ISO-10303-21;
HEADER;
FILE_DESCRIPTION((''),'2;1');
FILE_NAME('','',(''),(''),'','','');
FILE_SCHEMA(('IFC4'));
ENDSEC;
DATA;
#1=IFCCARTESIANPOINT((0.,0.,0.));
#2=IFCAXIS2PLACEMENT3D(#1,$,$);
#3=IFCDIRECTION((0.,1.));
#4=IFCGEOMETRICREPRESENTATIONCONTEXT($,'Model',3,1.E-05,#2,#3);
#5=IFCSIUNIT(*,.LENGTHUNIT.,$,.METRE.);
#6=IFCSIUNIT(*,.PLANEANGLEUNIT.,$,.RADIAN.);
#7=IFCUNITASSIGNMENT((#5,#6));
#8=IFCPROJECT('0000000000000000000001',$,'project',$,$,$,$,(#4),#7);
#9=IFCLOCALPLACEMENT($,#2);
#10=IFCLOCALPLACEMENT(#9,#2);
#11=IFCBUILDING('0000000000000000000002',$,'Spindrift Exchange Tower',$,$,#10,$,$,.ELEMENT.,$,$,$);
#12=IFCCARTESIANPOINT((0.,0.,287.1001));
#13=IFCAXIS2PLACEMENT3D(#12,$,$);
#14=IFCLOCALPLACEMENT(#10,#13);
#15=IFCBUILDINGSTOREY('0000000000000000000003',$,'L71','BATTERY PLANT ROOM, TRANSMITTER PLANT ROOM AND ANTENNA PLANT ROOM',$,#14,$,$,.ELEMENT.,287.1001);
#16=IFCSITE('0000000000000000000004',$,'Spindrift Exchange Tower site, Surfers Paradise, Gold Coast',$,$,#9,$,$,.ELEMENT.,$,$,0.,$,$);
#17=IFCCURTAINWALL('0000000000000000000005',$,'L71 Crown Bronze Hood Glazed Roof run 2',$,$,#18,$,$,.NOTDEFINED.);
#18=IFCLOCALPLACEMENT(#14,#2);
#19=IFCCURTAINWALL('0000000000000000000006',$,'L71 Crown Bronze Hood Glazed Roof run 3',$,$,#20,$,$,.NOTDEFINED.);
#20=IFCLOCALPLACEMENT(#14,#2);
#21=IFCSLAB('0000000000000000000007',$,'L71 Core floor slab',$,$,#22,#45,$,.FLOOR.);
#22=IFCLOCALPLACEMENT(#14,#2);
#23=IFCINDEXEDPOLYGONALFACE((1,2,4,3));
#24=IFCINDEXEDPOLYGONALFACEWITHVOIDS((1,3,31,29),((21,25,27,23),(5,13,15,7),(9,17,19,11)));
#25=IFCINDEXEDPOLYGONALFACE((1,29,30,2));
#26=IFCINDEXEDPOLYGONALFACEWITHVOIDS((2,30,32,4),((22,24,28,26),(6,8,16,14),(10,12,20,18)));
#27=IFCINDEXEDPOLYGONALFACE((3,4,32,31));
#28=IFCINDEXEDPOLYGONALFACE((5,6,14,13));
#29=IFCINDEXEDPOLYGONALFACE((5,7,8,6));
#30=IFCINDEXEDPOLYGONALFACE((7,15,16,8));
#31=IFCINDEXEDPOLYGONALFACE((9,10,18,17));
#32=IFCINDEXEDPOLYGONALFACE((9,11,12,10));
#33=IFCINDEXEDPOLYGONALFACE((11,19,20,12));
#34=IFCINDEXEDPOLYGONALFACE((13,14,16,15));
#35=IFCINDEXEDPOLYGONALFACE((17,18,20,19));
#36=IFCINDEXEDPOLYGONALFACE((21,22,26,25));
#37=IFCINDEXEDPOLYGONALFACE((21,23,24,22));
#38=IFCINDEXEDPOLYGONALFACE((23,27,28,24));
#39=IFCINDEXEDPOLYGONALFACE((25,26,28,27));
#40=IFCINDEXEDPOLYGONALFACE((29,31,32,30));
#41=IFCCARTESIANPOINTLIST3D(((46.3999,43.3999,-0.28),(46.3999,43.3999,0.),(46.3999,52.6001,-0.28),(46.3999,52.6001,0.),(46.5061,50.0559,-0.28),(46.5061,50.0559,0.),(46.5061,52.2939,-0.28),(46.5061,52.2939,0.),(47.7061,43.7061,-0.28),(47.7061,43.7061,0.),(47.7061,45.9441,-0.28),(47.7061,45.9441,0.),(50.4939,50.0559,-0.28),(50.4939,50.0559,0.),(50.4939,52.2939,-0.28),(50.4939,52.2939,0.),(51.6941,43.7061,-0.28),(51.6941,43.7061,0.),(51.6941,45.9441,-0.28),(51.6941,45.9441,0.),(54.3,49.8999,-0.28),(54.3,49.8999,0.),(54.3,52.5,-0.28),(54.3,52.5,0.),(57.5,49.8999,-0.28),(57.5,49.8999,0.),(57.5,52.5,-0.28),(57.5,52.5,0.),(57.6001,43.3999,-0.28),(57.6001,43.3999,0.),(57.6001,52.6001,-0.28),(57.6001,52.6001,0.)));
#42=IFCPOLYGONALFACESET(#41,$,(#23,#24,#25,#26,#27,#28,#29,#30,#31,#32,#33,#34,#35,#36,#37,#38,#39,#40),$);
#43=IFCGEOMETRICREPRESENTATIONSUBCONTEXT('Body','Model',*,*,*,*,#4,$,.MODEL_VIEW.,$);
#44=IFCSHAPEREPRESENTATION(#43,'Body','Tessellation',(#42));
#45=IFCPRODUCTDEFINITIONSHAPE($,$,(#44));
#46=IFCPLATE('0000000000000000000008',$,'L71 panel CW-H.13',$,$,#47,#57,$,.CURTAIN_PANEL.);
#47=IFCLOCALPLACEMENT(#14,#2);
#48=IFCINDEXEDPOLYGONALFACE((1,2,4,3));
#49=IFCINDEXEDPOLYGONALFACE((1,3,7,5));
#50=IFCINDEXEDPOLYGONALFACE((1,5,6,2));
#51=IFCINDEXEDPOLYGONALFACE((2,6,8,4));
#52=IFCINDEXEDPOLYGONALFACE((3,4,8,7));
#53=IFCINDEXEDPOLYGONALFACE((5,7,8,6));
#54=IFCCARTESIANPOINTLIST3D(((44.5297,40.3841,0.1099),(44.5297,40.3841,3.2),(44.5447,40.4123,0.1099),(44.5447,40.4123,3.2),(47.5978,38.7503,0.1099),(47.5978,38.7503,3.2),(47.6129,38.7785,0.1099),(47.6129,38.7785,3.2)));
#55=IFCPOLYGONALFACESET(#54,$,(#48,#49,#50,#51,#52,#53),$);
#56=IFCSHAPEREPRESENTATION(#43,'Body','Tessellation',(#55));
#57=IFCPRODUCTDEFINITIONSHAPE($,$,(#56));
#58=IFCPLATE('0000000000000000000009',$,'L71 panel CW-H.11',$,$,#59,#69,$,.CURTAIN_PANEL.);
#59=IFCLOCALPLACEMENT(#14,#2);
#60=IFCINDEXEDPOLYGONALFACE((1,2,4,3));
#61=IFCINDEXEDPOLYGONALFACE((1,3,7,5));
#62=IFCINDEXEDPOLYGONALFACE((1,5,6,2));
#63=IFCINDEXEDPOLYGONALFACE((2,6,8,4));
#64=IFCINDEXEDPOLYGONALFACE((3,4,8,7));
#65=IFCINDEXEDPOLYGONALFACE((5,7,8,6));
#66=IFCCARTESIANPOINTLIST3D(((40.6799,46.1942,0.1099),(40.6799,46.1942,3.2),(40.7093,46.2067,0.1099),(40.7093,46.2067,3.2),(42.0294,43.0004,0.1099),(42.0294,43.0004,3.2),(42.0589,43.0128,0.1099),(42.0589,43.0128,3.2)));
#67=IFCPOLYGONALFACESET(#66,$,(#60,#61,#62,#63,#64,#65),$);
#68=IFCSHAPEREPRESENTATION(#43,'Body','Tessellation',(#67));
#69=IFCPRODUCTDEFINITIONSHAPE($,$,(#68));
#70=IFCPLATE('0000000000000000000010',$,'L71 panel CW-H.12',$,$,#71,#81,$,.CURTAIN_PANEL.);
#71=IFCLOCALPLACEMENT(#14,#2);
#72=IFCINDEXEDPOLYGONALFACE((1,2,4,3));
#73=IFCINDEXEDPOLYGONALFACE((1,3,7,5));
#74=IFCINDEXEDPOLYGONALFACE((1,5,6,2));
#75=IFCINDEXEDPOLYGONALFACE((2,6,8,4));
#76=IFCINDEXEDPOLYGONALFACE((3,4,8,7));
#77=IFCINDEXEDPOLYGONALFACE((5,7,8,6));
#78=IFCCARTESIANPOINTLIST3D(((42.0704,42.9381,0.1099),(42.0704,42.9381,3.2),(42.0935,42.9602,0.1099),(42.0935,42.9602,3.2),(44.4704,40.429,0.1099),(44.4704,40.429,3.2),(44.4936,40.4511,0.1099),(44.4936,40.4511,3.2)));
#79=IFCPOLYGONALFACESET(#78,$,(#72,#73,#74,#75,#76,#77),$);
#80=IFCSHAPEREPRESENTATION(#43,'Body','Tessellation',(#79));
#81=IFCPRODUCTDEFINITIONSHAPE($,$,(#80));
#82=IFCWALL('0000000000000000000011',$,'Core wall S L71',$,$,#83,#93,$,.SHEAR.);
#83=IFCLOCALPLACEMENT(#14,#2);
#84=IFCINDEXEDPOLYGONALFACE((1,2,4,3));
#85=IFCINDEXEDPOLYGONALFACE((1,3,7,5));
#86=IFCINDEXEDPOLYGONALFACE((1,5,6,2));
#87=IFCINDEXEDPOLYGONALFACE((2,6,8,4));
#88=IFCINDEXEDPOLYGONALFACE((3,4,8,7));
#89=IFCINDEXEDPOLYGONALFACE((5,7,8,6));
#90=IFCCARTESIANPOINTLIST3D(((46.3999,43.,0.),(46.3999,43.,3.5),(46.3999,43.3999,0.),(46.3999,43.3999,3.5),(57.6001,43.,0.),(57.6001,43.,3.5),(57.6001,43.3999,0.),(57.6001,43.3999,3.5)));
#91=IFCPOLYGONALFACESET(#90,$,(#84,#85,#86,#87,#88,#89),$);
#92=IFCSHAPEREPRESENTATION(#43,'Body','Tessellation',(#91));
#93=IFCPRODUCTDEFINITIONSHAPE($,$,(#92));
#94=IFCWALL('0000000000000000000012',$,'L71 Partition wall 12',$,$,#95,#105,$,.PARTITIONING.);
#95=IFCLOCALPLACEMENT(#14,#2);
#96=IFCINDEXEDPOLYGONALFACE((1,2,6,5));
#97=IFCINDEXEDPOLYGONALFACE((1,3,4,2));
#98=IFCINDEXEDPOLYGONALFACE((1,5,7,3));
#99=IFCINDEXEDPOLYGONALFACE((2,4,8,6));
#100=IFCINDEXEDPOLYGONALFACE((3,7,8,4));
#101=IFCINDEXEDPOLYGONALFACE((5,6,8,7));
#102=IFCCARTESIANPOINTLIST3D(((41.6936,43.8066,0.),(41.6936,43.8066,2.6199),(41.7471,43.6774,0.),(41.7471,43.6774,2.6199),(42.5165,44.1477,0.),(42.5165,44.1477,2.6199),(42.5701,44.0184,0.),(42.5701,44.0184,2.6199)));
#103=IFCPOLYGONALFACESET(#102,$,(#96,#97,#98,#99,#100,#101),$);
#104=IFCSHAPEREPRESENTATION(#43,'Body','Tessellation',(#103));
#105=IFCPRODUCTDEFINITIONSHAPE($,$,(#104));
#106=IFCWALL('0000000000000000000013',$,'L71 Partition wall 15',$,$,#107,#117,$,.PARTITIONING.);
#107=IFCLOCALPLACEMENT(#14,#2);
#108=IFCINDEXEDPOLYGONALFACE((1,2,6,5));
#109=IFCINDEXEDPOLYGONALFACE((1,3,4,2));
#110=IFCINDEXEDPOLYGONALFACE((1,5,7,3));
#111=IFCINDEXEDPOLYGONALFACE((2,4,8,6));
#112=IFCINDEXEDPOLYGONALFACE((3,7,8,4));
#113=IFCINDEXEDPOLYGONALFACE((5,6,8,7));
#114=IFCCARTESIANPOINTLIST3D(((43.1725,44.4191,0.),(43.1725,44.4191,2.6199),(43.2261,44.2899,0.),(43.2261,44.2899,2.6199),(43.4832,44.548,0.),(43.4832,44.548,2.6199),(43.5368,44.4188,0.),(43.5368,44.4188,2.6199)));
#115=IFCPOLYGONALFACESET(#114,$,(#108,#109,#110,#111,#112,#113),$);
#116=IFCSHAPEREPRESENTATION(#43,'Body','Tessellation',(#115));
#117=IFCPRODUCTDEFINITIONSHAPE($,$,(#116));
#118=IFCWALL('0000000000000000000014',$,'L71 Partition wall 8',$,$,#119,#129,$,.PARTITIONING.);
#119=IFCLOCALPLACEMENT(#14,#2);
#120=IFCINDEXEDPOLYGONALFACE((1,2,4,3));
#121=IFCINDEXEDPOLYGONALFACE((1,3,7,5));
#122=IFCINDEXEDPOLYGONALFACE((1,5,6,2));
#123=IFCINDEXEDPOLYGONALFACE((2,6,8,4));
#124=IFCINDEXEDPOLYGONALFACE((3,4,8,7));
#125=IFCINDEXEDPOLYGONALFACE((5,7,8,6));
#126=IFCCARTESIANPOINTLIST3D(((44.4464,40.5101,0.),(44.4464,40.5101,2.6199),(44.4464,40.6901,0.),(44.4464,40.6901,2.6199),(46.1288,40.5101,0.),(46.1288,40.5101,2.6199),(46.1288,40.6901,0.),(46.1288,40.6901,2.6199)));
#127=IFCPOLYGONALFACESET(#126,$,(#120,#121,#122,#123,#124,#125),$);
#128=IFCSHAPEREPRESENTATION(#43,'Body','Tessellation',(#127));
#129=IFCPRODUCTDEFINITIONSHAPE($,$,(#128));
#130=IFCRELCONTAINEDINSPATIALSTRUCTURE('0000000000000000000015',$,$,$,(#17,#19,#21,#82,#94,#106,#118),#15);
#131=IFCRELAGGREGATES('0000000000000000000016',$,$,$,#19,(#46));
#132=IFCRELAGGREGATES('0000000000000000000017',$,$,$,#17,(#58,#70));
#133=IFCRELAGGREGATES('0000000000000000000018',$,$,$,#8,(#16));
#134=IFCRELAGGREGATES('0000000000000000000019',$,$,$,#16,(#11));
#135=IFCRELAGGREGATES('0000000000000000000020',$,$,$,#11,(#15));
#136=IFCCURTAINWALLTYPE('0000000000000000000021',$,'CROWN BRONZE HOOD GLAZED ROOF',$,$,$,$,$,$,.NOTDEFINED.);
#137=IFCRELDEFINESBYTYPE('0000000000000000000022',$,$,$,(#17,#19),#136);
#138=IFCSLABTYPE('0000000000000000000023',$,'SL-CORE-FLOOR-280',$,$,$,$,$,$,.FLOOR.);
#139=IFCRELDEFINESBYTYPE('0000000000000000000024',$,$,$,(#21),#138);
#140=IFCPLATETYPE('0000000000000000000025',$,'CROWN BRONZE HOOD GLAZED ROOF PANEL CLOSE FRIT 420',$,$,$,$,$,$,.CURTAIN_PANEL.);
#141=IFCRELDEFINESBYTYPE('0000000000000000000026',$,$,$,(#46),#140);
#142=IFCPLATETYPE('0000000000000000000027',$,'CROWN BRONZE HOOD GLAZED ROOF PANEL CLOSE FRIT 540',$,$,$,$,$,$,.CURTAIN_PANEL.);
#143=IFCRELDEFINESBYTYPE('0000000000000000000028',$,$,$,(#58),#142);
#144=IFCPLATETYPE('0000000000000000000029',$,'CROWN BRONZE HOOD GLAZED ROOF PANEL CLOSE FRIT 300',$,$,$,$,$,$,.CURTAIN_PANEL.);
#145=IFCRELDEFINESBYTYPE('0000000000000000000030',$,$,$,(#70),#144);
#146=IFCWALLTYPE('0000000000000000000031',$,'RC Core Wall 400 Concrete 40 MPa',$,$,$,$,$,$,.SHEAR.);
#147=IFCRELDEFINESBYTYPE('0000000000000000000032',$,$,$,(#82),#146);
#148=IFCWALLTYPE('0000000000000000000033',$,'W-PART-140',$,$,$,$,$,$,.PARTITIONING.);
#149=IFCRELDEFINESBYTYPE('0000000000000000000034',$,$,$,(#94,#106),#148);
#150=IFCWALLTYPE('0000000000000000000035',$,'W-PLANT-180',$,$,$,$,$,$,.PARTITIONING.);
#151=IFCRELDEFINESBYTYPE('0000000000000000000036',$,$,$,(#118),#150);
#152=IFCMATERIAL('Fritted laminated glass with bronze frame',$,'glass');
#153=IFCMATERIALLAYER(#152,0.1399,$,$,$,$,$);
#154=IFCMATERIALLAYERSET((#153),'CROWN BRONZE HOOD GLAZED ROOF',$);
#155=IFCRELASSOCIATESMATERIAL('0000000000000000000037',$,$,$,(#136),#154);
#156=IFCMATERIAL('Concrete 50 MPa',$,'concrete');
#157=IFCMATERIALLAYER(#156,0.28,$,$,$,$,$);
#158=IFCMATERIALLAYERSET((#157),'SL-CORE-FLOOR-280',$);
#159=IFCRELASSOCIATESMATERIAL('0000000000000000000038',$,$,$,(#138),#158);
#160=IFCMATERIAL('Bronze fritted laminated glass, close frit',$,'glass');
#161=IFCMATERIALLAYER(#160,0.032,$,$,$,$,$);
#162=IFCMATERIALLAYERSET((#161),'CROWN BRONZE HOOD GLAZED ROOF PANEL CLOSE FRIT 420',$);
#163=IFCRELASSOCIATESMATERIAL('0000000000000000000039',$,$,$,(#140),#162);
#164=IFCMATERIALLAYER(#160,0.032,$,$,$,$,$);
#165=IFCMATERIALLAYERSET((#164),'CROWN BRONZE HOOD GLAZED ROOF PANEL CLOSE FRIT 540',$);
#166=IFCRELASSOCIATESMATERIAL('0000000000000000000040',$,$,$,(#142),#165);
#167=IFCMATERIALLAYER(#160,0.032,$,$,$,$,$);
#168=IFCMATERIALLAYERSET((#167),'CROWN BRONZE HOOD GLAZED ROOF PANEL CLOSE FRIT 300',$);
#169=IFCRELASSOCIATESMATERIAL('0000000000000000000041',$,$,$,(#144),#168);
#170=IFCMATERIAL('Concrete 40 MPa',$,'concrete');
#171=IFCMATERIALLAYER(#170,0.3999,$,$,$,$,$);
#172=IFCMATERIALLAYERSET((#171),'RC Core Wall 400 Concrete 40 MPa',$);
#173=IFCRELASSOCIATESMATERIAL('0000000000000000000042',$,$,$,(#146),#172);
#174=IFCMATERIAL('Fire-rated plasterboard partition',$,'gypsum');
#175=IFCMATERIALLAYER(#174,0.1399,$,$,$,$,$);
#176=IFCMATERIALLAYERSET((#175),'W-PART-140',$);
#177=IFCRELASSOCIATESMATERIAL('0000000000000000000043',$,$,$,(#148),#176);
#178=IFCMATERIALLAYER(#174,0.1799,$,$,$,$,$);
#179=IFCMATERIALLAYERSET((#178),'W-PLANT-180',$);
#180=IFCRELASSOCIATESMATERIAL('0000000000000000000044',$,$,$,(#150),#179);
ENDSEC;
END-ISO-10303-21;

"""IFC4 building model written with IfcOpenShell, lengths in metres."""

from ifc_helpers import new_model, si_unit, direction, frame, frame_2d, origin, origin_2d, place, context, subcontext, project, spatial, line, indexed_curve, rectangle, outline, extrude, source, transform, mapped, material, layer, layer_set, type_object, element, aggregate, save


model = new_model("IFC4")

# Units and contexts
model_context = context("Model", 3, precision=1e-05, world=origin(), true_north=direction((0.0, 1.0)))
body_context = subcontext(model_context, "Body", "Model", "MODEL_VIEW")
ifc_project = project(units=[si_unit("LENGTHUNIT", "METRE"), si_unit("PLANEANGLEUNIT", "RADIAN")], contexts=[model_context])

# Site, building, storey
site_placement = place(None, origin())
site = spatial("IfcSite", under=ifc_project, at=site_placement, Name="Spindrift Exchange Tower site, Surfers Paradise, Gold Coast", CompositionType="ELEMENT", RefElevation=0.0)
building_placement = place(site_placement, origin())
building = spatial("IfcBuilding", under=site, at=building_placement, Name="Spindrift Exchange Tower", CompositionType="ELEMENT")
storey_placement = place(building_placement, frame((0.0, 0.0, 287.1001)))
storey = spatial("IfcBuildingStorey", under=building, at=storey_placement, Name="L71", Description="BATTERY PLANT ROOM, TRANSMITTER PLANT ROOM AND ANTENNA PLANT ROOM", CompositionType="ELEMENT", Elevation=287.1001)

# Shared definitions
ifc_material_1 = material(Name="Concrete 40 MPa", Category="concrete")

# Curtain wall
ifc_material_2 = material(Name="Fritted laminated glass with bronze frame", Category="glass")
ifc_layer_1 = layer(ifc_material_2, 0.1399)
ifc_layer_set_1 = layer_set([ifc_layer_1], Name="CROWN BRONZE HOOD GLAZED ROOF")
curtain_wall_type = type_object("IfcCurtainWallType", Name="CROWN BRONZE HOOD GLAZED ROOF", PredefinedType="NOTDEFINED", material=ifc_layer_set_1)
curtain_wall_1_placement = place(storey_placement, origin())
curtain_wall_1 = element("IfcCurtainWall", 1, at=curtain_wall_1_placement, inside=storey, type_object=curtain_wall_type, Name="L71 Crown Bronze Hood Glazed Roof run 2", PredefinedType="NOTDEFINED")

# Curtain wall
curtain_wall_2_placement = place(storey_placement, origin())
curtain_wall_2 = element("IfcCurtainWall", 2, at=curtain_wall_2_placement, inside=storey, type_object=curtain_wall_type, Name="L71 Crown Bronze Hood Glazed Roof run 3", PredefinedType="NOTDEFINED")

# Slab
ifc_material_3 = material(Name="Concrete 50 MPa", Category="concrete")
ifc_layer_2 = layer(ifc_material_3, 0.28)
ifc_layer_set_2 = layer_set([ifc_layer_2], Name="SL-CORE-FLOOR-280")
slab_type_1 = type_object("IfcSlabType", Name="SL-CORE-FLOOR-280", PredefinedType="FLOOR", material=ifc_layer_set_2)
slab_1_placement = place(storey_placement, frame((0.0, 0.0, -0.28)))
element("IfcSlab", 3, at=slab_1_placement, inside=storey, type_object=slab_type_1, Name="L71 Core floor slab", PredefinedType="FLOOR", context=body_context, shape_type="SweptSolid", body=[
    extrude(outline(indexed_curve([(46.3999, 43.3999), (46.3999, 52.6001), (57.6001, 52.6001), (57.6001, 43.3999)], segments=[line(1, 2, 3, 4, 1)], self_intersect=False), holes=[indexed_curve([(47.7061, 43.7061), (51.6941, 43.7061), (51.6941, 45.9441), (47.7061, 45.9441)], segments=[line(1, 2, 3, 4, 1)], self_intersect=False), indexed_curve([(50.4939, 50.0559), (50.4939, 52.2939), (46.5061, 52.2939), (46.5061, 50.0559)], segments=[line(1, 2, 3, 4, 1)], self_intersect=False), indexed_curve([(54.3, 49.8999), (57.5, 49.8999), (57.5, 52.5), (54.3, 52.5)], segments=[line(1, 2, 3, 4, 1)], self_intersect=False)]), origin(), (0.0, 0.0, 1.0), 0.28),
])

# Plates
ifc_material_4 = material(Name="Bronze fritted laminated glass, close frit", Category="glass")
ifc_layer_3 = layer(ifc_material_4, 0.032)
ifc_layer_set_3 = layer_set([ifc_layer_3], Name="CROWN BRONZE HOOD GLAZED ROOF PANEL CLOSE FRIT 420")
plate_type_1 = type_object("IfcPlateType", Name="CROWN BRONZE HOOD GLAZED ROOF PANEL CLOSE FRIT 420", PredefinedType="CURTAIN_PANEL", material=ifc_layer_set_3)
shared_shape_1 = source(origin(), body_context, "Body", "SweptSolid", [
    extrude(rectangle(XDim=3.4761, YDim=0.032, at=origin_2d()), origin(), (0.0, 0.0, 1.0), 3.0901),
])
plate_1_placement = place(storey_placement, frame((46.0713, 39.5813, 0.1099), z_axis=(0.0, 0.0, 1.0), x_axis=(0.882649, -0.470032, 0.0)))
plate_1 = element("IfcPlate", 4, at=plate_1_placement, type_object=plate_type_1, Name="L71 panel CW-H.13", PredefinedType="CURTAIN_PANEL", context=body_context, shape_type="MappedRepresentation", body=[
    mapped(shared_shape_1, transform((0.0, 0.0, 0.0), scale=1.0)),
])
aggregate(curtain_wall_2, [plate_1])
ifc_layer_4 = layer(ifc_material_4, 0.032)
ifc_layer_set_4 = layer_set([ifc_layer_4], Name="CROWN BRONZE HOOD GLAZED ROOF PANEL CLOSE FRIT 540")
plate_type_2 = type_object("IfcPlateType", Name="CROWN BRONZE HOOD GLAZED ROOF PANEL CLOSE FRIT 540", PredefinedType="CURTAIN_PANEL", material=ifc_layer_set_4)
shared_shape_2 = source(origin(), body_context, "Body", "SweptSolid", [
    extrude(rectangle(XDim=3.4673, YDim=0.032, at=origin_2d()), origin(), (0.0, 0.0, 1.0), 3.0901),
])
plate_2_placement = place(storey_placement, frame((41.3694, 44.6035, 0.1099), z_axis=(0.0, 0.0, 1.0), x_axis=(0.38923, -0.921141, 0.0)))
plate_2 = element("IfcPlate", 5, at=plate_2_placement, type_object=plate_type_2, Name="L71 panel CW-H.11", PredefinedType="CURTAIN_PANEL", context=body_context, shape_type="MappedRepresentation", body=[
    mapped(shared_shape_2, transform((0.0, 0.0, 0.0), scale=1.0)),
])
ifc_layer_5 = layer(ifc_material_4, 0.032)
ifc_layer_set_5 = layer_set([ifc_layer_5], Name="CROWN BRONZE HOOD GLAZED ROOF PANEL CLOSE FRIT 300")
plate_type_3 = type_object("IfcPlateType", Name="CROWN BRONZE HOOD GLAZED ROOF PANEL CLOSE FRIT 300", PredefinedType="CURTAIN_PANEL", material=ifc_layer_set_5)
shared_shape_3 = source(origin(), body_context, "Body", "SweptSolid", [
    extrude(rectangle(XDim=3.4722, YDim=0.032, at=origin_2d()), origin(), (0.0, 0.0, 1.0), 3.0901),
])
plate_3_placement = place(storey_placement, frame((43.282, 41.6946, 0.1099), z_axis=(0.0, 0.0, 1.0), x_axis=(0.691222, -0.722643, 0.0)))
plate_3 = element("IfcPlate", 6, at=plate_3_placement, type_object=plate_type_3, Name="L71 panel CW-H.12", PredefinedType="CURTAIN_PANEL", context=body_context, shape_type="MappedRepresentation", body=[
    mapped(shared_shape_3, transform((0.0, 0.0, 0.0), scale=1.0)),
])
aggregate(curtain_wall_1, [plate_2, plate_3])

# Walls
ifc_layer_6 = layer(ifc_material_1, 0.3999)
ifc_layer_set_6 = layer_set([ifc_layer_6], Name="RC Core Wall 400 Concrete 40 MPa")
wall_type_1 = type_object("IfcWallType", Name="RC Core Wall 400 Concrete 40 MPa", PredefinedType="SHEAR", material=ifc_layer_set_6)
wall_1_placement = place(storey_placement, frame((46.3999, 43.2, 0.0), z_axis=(0.0, 0.0, 1.0), x_axis=(1.0, 0.0, 0.0)))
element("IfcWall", 7, at=wall_1_placement, inside=storey, type_object=wall_type_1, Name="Core wall S L71", PredefinedType="SHEAR", context=body_context, shape_type="SweptSolid", body=[
    extrude(rectangle(XDim=11.2002, YDim=0.3999, at=frame_2d((5.6001, 0.0))), origin(), (0.0, 0.0, 1.0), 3.5),
])
ifc_material_5 = material(Name="Fire-rated plasterboard partition", Category="gypsum")
ifc_layer_7 = layer(ifc_material_5, 0.1399)
ifc_layer_set_7 = layer_set([ifc_layer_7], Name="W-PART-140")
wall_type_2 = type_object("IfcWallType", Name="W-PART-140", PredefinedType="PARTITIONING", material=ifc_layer_set_7)
wall_2_placement = place(storey_placement, frame((42.5432, 44.083, 0.0), z_axis=(0.0, 0.0, 1.0), x_axis=(-0.923813, -0.382844, 0.0)))
element("IfcWall", 8, at=wall_2_placement, inside=storey, type_object=wall_type_2, Name="L71 Partition wall 12", PredefinedType="PARTITIONING", context=body_context, shape_type="SweptSolid", body=[
    extrude(rectangle(XDim=0.8909, YDim=0.1399, at=frame_2d((0.4453, 0.0))), origin(), (0.0, 0.0, 1.0), 2.6199),
])
wall_3_placement = place(storey_placement, frame((43.51, 44.4834, 0.0), z_axis=(0.0, 0.0, 1.0), x_axis=(-0.923698, -0.383121, 0.0)))
element("IfcWall", 9, at=wall_3_placement, inside=storey, type_object=wall_type_2, Name="L71 Partition wall 15", PredefinedType="PARTITIONING", context=body_context, shape_type="SweptSolid", body=[
    extrude(rectangle(XDim=0.3364, YDim=0.1399, at=frame_2d((0.1682, 0.0))), origin(), (0.0, 0.0, 1.0), 2.6199),
])
ifc_layer_8 = layer(ifc_material_5, 0.1799)
ifc_layer_set_8 = layer_set([ifc_layer_8], Name="W-PLANT-180")
wall_type_3 = type_object("IfcWallType", Name="W-PLANT-180", PredefinedType="PARTITIONING", material=ifc_layer_set_8)
wall_4_placement = place(storey_placement, frame((44.4463, 40.6001, 0.0), z_axis=(0.0, 0.0, 1.0), x_axis=(1.0, 0.0, 0.0)))
element("IfcWall", 10, at=wall_4_placement, inside=storey, type_object=wall_type_3, Name="L71 Partition wall 8", PredefinedType="PARTITIONING", context=body_context, shape_type="SweptSolid", body=[
    extrude(rectangle(XDim=1.6824, YDim=0.1799, at=frame_2d((0.8413, 0.0))), origin(), (0.0, 0.0, 1.0), 2.6199),
])

save(model, "model.ifc")
